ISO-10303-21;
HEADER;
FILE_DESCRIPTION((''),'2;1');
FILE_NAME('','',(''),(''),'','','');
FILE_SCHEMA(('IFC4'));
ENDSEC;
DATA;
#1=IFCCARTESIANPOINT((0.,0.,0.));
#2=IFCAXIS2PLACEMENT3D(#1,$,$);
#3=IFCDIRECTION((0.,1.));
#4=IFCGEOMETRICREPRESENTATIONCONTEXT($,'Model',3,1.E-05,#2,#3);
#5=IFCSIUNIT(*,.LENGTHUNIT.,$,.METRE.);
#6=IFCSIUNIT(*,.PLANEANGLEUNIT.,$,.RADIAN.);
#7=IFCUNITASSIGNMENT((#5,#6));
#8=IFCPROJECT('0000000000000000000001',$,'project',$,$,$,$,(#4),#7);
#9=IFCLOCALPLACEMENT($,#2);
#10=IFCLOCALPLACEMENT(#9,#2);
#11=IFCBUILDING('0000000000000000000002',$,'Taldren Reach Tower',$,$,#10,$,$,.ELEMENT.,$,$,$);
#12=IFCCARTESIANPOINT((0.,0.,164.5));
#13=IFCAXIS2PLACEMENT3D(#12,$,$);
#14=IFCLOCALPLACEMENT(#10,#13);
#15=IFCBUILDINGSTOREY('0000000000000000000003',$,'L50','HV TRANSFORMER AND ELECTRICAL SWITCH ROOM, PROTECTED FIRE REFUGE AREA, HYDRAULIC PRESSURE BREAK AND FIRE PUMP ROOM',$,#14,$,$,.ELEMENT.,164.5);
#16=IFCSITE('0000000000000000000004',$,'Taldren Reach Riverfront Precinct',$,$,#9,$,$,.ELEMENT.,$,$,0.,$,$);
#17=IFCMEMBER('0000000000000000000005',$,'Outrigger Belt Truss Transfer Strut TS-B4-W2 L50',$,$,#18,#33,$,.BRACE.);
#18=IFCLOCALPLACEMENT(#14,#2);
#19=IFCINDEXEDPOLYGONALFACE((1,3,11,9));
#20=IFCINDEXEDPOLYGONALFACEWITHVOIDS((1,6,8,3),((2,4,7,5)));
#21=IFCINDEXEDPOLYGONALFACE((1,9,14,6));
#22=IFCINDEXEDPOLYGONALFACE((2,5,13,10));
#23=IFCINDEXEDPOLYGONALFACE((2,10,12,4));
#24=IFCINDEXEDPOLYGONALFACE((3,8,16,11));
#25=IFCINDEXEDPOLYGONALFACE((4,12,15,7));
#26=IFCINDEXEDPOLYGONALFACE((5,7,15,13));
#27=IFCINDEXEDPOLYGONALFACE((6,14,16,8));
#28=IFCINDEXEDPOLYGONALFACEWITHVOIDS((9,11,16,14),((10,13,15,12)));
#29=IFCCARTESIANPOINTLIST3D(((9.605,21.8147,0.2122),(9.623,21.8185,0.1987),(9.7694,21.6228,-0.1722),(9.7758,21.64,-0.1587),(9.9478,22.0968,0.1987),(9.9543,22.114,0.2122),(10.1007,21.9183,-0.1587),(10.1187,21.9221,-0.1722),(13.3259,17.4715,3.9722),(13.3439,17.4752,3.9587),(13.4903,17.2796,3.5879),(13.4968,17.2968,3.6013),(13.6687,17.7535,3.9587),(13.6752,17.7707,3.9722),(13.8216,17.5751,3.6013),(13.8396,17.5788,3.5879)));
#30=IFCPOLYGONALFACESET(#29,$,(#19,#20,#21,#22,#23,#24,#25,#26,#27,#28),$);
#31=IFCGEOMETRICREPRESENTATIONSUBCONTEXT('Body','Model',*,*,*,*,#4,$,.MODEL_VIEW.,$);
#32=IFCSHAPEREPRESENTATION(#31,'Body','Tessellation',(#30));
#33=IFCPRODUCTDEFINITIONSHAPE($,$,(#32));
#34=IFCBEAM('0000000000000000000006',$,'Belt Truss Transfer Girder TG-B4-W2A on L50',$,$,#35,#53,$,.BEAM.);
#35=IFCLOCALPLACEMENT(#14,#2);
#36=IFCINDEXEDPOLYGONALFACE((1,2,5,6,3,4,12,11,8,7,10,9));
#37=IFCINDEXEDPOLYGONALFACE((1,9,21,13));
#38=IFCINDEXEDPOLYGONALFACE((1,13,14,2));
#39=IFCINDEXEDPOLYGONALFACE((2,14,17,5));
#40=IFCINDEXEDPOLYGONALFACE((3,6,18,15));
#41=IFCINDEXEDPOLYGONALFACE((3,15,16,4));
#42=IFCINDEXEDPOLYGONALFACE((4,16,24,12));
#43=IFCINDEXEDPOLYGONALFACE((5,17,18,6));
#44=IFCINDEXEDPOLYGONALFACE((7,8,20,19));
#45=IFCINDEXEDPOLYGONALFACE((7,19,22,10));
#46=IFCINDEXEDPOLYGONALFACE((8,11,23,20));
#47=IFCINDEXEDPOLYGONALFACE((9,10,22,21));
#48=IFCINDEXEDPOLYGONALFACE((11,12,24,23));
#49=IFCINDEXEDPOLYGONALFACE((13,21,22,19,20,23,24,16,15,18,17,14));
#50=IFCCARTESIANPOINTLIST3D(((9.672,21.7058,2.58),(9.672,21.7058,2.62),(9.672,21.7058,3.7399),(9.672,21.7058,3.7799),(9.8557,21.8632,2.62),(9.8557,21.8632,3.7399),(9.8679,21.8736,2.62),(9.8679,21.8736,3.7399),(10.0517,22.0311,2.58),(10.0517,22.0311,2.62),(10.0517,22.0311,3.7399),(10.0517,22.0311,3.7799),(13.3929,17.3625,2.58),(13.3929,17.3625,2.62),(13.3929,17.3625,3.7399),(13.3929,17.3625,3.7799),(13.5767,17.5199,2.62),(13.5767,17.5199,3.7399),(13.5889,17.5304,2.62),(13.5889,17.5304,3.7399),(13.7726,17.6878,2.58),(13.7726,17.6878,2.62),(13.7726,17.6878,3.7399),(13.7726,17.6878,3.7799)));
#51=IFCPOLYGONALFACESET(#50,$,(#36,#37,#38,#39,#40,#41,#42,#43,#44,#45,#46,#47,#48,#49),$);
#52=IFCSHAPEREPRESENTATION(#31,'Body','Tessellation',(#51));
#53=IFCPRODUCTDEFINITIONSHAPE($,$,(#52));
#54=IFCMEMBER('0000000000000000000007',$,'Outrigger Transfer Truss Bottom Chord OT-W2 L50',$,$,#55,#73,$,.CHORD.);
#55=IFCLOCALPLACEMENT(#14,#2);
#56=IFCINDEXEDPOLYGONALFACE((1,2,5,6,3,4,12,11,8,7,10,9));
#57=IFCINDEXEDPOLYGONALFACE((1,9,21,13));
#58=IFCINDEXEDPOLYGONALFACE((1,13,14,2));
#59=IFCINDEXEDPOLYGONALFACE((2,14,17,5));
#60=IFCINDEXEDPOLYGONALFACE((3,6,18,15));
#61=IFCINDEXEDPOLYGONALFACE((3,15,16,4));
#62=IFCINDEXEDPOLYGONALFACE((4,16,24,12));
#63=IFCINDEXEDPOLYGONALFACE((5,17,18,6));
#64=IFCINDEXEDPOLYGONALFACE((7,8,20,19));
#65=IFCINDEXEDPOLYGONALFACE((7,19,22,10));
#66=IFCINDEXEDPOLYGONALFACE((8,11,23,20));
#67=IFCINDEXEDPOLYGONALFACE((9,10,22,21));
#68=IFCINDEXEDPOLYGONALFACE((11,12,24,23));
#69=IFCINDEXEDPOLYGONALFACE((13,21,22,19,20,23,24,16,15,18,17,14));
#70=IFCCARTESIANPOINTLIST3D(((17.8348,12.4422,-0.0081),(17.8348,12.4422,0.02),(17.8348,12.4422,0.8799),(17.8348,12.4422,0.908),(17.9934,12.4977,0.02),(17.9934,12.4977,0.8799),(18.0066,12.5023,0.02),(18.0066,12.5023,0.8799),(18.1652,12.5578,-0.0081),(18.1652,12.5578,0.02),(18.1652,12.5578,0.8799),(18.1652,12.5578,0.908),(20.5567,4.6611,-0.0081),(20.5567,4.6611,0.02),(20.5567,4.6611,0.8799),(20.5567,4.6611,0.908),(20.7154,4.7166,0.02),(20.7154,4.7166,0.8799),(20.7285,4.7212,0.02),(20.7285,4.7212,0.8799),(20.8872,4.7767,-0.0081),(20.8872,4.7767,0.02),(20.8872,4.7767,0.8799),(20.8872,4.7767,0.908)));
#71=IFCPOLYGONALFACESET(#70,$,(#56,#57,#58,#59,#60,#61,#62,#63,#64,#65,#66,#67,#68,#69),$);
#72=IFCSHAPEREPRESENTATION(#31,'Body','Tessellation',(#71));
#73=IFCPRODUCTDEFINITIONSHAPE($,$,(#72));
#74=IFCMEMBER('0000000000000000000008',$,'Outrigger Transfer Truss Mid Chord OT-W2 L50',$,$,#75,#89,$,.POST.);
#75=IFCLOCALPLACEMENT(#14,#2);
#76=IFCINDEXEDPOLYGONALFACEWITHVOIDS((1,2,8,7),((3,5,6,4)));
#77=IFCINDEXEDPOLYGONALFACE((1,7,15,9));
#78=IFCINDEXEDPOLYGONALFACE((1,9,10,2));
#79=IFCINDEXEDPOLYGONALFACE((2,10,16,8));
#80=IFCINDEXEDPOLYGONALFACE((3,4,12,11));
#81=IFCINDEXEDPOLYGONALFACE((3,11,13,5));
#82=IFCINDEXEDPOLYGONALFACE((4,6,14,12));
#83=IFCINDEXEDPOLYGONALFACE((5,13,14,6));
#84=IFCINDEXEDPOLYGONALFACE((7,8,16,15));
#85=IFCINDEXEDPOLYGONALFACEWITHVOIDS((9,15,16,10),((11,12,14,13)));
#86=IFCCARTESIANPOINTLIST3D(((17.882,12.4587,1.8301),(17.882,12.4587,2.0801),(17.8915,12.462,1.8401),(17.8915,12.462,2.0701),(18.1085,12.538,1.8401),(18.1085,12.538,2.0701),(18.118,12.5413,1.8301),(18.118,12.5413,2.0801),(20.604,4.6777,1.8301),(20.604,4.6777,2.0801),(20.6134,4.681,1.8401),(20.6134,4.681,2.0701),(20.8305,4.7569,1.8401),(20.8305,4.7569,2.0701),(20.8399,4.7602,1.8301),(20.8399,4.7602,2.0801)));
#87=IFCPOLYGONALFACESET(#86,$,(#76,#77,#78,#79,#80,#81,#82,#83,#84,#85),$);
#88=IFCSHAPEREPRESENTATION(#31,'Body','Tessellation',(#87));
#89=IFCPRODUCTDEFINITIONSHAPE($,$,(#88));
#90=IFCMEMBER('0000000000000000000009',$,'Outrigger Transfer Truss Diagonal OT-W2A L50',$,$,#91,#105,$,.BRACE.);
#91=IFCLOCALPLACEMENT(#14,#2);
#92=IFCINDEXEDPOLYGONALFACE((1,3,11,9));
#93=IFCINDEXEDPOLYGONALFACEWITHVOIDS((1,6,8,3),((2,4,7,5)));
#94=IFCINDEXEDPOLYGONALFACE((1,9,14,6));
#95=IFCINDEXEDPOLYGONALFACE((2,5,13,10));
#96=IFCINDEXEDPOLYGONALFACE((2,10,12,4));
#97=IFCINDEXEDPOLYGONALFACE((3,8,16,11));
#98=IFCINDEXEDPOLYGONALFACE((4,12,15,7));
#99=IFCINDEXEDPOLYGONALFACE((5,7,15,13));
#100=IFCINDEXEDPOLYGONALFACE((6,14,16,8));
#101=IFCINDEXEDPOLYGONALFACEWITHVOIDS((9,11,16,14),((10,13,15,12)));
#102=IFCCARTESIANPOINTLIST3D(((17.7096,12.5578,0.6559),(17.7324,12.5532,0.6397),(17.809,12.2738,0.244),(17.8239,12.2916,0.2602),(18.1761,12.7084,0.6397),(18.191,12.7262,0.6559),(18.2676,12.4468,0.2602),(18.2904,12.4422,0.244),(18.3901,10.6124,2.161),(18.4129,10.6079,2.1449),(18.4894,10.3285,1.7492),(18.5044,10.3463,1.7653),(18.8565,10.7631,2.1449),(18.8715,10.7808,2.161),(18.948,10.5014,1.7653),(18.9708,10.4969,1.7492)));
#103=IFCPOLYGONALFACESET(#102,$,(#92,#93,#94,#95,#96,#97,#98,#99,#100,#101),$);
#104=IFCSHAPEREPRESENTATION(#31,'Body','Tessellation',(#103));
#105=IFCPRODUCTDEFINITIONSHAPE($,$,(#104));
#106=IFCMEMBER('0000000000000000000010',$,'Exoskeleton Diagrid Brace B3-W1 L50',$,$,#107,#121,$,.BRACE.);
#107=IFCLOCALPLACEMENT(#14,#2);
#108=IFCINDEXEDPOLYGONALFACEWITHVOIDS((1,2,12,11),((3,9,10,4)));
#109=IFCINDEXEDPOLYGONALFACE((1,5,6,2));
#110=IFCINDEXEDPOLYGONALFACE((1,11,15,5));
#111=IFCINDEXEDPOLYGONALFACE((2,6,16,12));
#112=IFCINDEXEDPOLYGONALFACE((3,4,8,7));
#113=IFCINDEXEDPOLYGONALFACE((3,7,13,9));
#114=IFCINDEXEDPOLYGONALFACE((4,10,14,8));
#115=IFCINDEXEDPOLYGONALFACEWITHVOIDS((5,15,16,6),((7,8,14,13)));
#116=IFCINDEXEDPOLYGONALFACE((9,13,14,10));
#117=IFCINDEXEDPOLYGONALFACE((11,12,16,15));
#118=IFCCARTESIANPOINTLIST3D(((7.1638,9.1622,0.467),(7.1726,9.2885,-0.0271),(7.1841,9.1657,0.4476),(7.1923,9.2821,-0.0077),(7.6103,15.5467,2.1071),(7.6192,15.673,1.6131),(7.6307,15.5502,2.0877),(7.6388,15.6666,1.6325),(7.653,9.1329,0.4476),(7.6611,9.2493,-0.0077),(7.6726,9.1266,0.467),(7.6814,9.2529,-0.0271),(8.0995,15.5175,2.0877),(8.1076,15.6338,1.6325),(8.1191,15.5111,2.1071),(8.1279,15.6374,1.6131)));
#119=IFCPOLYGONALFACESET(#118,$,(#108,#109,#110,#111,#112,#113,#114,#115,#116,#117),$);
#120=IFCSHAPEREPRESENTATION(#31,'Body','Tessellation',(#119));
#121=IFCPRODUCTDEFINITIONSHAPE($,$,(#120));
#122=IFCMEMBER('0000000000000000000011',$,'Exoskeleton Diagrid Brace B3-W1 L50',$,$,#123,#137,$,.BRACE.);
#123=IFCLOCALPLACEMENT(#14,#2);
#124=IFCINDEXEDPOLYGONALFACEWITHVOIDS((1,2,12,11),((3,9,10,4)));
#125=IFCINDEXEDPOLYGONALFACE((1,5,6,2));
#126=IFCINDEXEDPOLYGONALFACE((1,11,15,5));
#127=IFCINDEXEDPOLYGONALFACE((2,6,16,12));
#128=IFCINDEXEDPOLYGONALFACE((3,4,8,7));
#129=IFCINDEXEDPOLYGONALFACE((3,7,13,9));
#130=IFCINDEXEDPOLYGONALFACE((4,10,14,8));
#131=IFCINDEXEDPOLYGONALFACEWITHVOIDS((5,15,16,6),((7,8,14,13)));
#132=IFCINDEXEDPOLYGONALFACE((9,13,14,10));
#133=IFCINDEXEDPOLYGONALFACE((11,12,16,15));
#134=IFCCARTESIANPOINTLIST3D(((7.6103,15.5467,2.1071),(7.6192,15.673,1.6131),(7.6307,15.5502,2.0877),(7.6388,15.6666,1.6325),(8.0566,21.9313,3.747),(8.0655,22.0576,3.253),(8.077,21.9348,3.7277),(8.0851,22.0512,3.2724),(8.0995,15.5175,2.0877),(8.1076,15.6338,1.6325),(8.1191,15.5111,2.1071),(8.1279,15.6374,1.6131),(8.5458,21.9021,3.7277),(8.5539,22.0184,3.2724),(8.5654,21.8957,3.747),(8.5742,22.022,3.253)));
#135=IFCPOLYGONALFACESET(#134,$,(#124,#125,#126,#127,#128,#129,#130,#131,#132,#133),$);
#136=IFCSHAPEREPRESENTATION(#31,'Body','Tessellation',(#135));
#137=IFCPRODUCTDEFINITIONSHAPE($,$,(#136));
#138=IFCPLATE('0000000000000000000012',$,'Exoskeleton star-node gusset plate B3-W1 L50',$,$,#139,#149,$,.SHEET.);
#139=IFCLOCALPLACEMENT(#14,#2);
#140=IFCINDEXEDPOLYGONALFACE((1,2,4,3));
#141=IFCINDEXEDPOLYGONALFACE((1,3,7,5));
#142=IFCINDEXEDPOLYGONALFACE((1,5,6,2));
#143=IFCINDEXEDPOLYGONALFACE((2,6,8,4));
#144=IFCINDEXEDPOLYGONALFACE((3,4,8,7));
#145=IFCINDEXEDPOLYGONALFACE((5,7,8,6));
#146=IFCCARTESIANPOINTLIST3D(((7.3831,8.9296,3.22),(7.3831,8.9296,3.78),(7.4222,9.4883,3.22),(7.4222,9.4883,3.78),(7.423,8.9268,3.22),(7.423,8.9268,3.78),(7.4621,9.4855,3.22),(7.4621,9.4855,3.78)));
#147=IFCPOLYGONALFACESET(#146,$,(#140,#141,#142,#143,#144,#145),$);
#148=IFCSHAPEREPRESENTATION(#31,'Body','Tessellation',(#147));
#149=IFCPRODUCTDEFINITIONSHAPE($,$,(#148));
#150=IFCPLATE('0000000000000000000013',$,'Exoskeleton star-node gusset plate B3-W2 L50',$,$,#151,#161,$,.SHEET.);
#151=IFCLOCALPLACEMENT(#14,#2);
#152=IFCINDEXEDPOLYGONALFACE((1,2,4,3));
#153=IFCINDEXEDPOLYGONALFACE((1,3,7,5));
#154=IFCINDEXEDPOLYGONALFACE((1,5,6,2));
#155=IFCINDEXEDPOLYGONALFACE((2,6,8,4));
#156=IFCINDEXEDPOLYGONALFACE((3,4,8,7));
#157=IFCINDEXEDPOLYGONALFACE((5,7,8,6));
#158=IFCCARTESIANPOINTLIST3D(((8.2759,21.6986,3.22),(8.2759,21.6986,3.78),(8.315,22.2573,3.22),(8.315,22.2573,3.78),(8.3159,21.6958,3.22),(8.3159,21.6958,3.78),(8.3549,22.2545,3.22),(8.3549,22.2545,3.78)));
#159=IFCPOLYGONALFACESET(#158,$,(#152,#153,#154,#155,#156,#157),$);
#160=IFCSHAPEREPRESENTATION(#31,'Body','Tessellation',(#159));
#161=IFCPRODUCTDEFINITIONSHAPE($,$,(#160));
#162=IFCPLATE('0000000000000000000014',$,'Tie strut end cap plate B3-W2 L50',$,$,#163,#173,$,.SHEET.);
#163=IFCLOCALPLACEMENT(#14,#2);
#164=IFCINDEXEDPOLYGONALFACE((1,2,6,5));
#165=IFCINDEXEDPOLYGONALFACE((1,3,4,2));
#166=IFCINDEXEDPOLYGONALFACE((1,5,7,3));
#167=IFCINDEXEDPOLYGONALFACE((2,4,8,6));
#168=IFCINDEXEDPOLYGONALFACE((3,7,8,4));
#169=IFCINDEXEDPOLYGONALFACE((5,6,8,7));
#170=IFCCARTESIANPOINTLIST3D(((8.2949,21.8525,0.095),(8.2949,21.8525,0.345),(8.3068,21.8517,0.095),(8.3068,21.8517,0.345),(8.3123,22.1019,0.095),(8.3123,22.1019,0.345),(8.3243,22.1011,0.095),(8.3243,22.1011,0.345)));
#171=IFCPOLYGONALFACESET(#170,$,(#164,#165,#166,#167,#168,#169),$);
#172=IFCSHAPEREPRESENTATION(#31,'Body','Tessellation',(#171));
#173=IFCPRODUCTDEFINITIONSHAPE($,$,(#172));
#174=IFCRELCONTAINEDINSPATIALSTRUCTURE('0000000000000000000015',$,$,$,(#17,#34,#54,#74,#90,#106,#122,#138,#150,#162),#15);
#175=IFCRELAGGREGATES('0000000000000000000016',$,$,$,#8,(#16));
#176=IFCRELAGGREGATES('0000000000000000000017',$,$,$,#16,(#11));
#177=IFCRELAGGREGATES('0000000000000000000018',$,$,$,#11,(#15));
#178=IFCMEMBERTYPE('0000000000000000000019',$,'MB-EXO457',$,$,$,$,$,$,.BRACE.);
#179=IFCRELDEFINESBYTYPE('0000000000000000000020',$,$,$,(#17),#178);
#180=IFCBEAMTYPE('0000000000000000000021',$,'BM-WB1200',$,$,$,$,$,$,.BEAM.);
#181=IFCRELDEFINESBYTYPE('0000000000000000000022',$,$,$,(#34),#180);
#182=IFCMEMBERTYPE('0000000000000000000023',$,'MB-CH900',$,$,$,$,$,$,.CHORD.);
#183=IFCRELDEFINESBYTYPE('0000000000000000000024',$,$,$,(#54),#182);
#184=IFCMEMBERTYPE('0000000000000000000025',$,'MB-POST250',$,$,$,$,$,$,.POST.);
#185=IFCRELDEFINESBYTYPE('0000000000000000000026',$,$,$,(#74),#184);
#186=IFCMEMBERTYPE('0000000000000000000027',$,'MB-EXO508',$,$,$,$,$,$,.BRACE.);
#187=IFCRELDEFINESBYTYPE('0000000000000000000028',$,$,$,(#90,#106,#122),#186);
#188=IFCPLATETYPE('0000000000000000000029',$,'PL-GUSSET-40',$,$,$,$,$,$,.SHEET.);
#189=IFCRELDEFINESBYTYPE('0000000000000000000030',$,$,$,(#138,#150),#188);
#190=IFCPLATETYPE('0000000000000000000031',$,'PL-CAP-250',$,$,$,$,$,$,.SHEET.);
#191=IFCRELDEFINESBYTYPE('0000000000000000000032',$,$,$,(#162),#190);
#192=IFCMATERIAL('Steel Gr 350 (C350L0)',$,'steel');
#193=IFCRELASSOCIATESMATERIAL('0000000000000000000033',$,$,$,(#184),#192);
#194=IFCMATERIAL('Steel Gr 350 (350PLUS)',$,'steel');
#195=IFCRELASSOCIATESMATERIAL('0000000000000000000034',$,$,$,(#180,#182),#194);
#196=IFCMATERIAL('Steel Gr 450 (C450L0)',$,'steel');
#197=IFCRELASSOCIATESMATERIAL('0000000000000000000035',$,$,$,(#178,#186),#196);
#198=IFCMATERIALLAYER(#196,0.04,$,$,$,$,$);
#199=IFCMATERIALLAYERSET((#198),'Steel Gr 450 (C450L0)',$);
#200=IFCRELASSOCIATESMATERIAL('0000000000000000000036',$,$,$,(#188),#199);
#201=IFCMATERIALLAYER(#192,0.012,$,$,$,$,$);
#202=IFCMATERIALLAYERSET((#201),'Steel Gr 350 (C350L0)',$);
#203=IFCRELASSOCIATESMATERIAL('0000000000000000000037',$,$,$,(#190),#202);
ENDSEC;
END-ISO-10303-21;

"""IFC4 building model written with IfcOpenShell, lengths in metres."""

from ifc_helpers import new_model, si_unit, direction, frame, origin, origin_2d, place, context, subcontext, project, spatial, rectangle, hollow_rectangle, i_section, extrude, source, transform, mapped, material, layer, layer_set, material_profile, profile_set, type_object, element, save


model = new_model("IFC4")

# Units and contexts
model_context = context("Model", 3, precision=1e-05, world=origin(), true_north=direction((0.0, 1.0)))
body_context = subcontext(model_context, "Body", "Model", "MODEL_VIEW")
ifc_project = project(units=[si_unit("LENGTHUNIT", "METRE"), si_unit("PLANEANGLEUNIT", "RADIAN")], contexts=[model_context])

# Site, building, storey
site_placement = place(None, origin())
site = spatial("IfcSite", under=ifc_project, at=site_placement, Name="Taldren Reach Riverfront Precinct", CompositionType="ELEMENT", RefElevation=0.0)
building_placement = place(site_placement, origin())
building = spatial("IfcBuilding", under=site, at=building_placement, Name="Taldren Reach Tower", CompositionType="ELEMENT")
storey_placement = place(building_placement, frame((0.0, 0.0, 164.5)))
storey = spatial("IfcBuildingStorey", under=building, at=storey_placement, Name="L50", Description="HV TRANSFORMER AND ELECTRICAL SWITCH ROOM, PROTECTED FIRE REFUGE AREA, HYDRAULIC PRESSURE BREAK AND FIRE PUMP ROOM", CompositionType="ELEMENT", Elevation=164.5)

# Shared definitions
ifc_material_1 = material(Name="Steel Gr 350 (350PLUS)", Category="steel")

# Shared definitions
ifc_material_2 = material(Name="Steel Gr 450 (C450L0)", Category="steel")
ifc_material_3 = material(Name="Steel Gr 350 (C350L0)", Category="steel")
ifc_material_profile_1 = material_profile(ifc_material_3, hollow_rectangle(XDim=0.25, YDim=0.25, WallThickness=0.01, at=origin_2d()), Name="250x250x10.0SHS")
ifc_profile_set_1 = profile_set([ifc_material_profile_1], Name="Steel Gr 350 (C350L0)")
member_type_1 = type_object("IfcMemberType", Name="MB-POST250", PredefinedType="POST", material=ifc_profile_set_1)

# Shared definitions
ifc_material_profile_2 = material_profile(ifc_material_1, i_section(OverallWidth=0.5, OverallDepth=1.2, WebThickness=0.0161, FlangeThickness=0.04, at=origin_2d()), Name="1200WB455")
ifc_profile_set_2 = profile_set([ifc_material_profile_2], Name="Steel Gr 350 (350PLUS)")
beam_type_1 = type_object("IfcBeamType", Name="BM-WB1200", PredefinedType="BEAM", material=ifc_profile_set_2)

# Member
ifc_material_profile_3 = material_profile(ifc_material_2, hollow_rectangle(XDim=0.46, YDim=0.46, WallThickness=0.0161, at=origin_2d()), Name="460x460x16.0SHS")
ifc_profile_set_3 = profile_set([ifc_material_profile_3], Name="Steel Gr 450 (C450L0)")
member_type_2 = type_object("IfcMemberType", Name="MB-EXO457", PredefinedType="BRACE", material=ifc_profile_set_3)
shared_shape_1 = source(origin(), body_context, "Body", "SweptSolid", [
    extrude(hollow_rectangle(XDim=0.46, YDim=0.46, WallThickness=0.0161, at=origin_2d()), origin(), (0.0, 0.0, 1.0), 6.8445),
])
member_1_placement = place(storey_placement, frame((9.8618, 21.8684, 0.02), z_axis=(0.543641, -0.634563, 0.549348), x_axis=(0.759416, 0.650605, 0.0)))
element("IfcMember", 1, at=member_1_placement, inside=storey, type_object=member_type_2, Name="Outrigger Belt Truss Transfer Strut TS-B4-W2 L50", PredefinedType="BRACE", context=body_context, shape_type="MappedRepresentation", body=[
    mapped(shared_shape_1, transform((0.0, 0.0, 0.0), scale=1.0)),
])

# Beam
shared_shape_2 = source(origin(), body_context, "Body", "SweptSolid", [
    extrude(i_section(OverallWidth=0.5, OverallDepth=1.2, WebThickness=0.0161, FlangeThickness=0.04, at=origin_2d()), origin(), (0.0, 0.0, 1.0), 5.7192),
])
beam_1_placement = place(storey_placement, frame((9.8618, 21.8684, 3.1799), z_axis=(0.650605, -0.759416, 0.0), x_axis=(0.759416, 0.650605, 0.0)))
element("IfcBeam", 2, at=beam_1_placement, inside=storey, type_object=beam_type_1, Name="Belt Truss Transfer Girder TG-B4-W2A on L50", PredefinedType="BEAM", context=body_context, shape_type="MappedRepresentation", body=[
    mapped(shared_shape_2, transform((0.0, 0.0, 0.0), scale=1.0)),
])

# Members
ifc_material_profile_4 = material_profile(ifc_material_1, i_section(OverallWidth=0.3501, OverallDepth=0.916, WebThickness=0.0139, FlangeThickness=0.0281, at=origin_2d()), Name="900WB257")
ifc_profile_set_4 = profile_set([ifc_material_profile_4], Name="Steel Gr 350 (350PLUS)")
member_type_3 = type_object("IfcMemberType", Name="MB-CH900", PredefinedType="CHORD", material=ifc_profile_set_4)
shared_shape_3 = source(origin(), body_context, "Body", "SweptSolid", [
    extrude(i_section(OverallWidth=0.3501, OverallDepth=0.916, WebThickness=0.0139, FlangeThickness=0.0281, at=origin_2d()), origin(), (0.0, 0.0, 1.0), 8.2434),
])
member_2_placement = place(storey_placement, frame((18.0, 12.5, 0.45), z_axis=(0.330196, -0.943912, 0.0), x_axis=(0.943912, 0.330196, 0.0)))
element("IfcMember", 3, at=member_2_placement, inside=storey, type_object=member_type_3, Name="Outrigger Transfer Truss Bottom Chord OT-W2 L50", PredefinedType="CHORD", context=body_context, shape_type="MappedRepresentation", body=[
    mapped(shared_shape_3, transform((0.0, 0.0, 0.0), scale=1.0)),
])
shared_shape_4 = source(origin(), body_context, "Body", "SweptSolid", [
    extrude(hollow_rectangle(XDim=0.25, YDim=0.25, WallThickness=0.01, at=origin_2d()), origin(), (0.0, 0.0, 1.0), 8.2434),
])
member_3_placement = place(storey_placement, frame((18.0, 12.5, 1.9551), z_axis=(0.330196, -0.943912, 0.0), x_axis=(0.943912, 0.330196, 0.0)))
element("IfcMember", 4, at=member_3_placement, inside=storey, type_object=member_type_1, Name="Outrigger Transfer Truss Mid Chord OT-W2 L50", PredefinedType="POST", context=body_context, shape_type="MappedRepresentation", body=[
    mapped(shared_shape_4, transform((0.0, 0.0, 0.0), scale=1.0)),
])
ifc_material_profile_5 = material_profile(ifc_material_2, hollow_rectangle(XDim=0.51, YDim=0.51, WallThickness=0.02, at=origin_2d()), Name="510x510x20.0SHS")
ifc_profile_set_5 = profile_set([ifc_material_profile_5], Name="Steel Gr 450 (C450L0)")
member_type_4 = type_object("IfcMemberType", Name="MB-EXO508", PredefinedType="BRACE", material=ifc_profile_set_5)
shared_shape_5 = source(origin(), body_context, "Body", "SweptSolid", [
    extrude(hollow_rectangle(XDim=0.51, YDim=0.51, WallThickness=0.02, at=origin_2d()), origin(), (0.0, 0.0, 1.0), 2.552),
])
member_4_placement = place(storey_placement, frame((18.0, 12.5, 0.45), z_axis=(0.266624, -0.762275, 0.589787), x_axis=(0.943925, 0.33016, 0.0)))
element("IfcMember", 5, at=member_4_placement, inside=storey, type_object=member_type_4, Name="Outrigger Transfer Truss Diagonal OT-W2A L50", PredefinedType="BRACE", context=body_context, shape_type="MappedRepresentation", body=[
    mapped(shared_shape_5, transform((0.0, 0.0, 0.0), scale=1.0)),
])
shared_shape_6 = source(origin(), body_context, "Body", "SweptSolid", [
    extrude(hollow_rectangle(XDim=0.51, YDim=0.51, WallThickness=0.02, at=origin_2d()), origin(), (0.0, 0.0, 1.0), 6.6069),
])
for number, where, z_axis, x_axis, name in (
    (6, (7.4226, 9.2075, 0.22), (0.067586, 0.966337, 0.248245), (-0.997563, 0.06977, 0.0), "Exoskeleton Diagrid Brace B3-W1 L50"),
    (7, (7.8691, 15.592, 1.8601), (0.067549, 0.966348, 0.248211), (-0.997566, 0.069732, 0.0), "Exoskeleton Diagrid Brace B3-W1 L50"),
):
    element("IfcMember", number, at=place(storey_placement, frame(where, z_axis=z_axis, x_axis=x_axis)), inside=storey, type_object=member_type_4, Name=name, PredefinedType="BRACE", context=body_context, shape_type="MappedRepresentation", body=[
        mapped(shared_shape_6, transform((0.0, 0.0, 0.0), scale=1.0)),
    ])

# Plates
ifc_layer_1 = layer(ifc_material_2, 0.04)
ifc_layer_set_1 = layer_set([ifc_layer_1], Name="Steel Gr 450 (C450L0)")
plate_type_1 = type_object("IfcPlateType", Name="PL-GUSSET-40", PredefinedType="SHEET", material=ifc_layer_set_1)
shared_shape_7 = source(origin(), body_context, "Body", "SweptSolid", [
    extrude(rectangle(XDim=0.5601, YDim=0.04, at=origin_2d()), origin(), (0.0, 0.0, 1.0), 0.5601),
])
for number, where, z_axis, x_axis, name in (
    (8, (7.4226, 9.2075, 3.22), (0.0, 0.0, 1.0), (0.069756, 0.997564, 0.0), "Exoskeleton star-node gusset plate B3-W1 L50"),
    (9, (8.3154, 21.9766, 3.22), (0.0, 0.0, 1.0), (0.069756, 0.997564, 0.0), "Exoskeleton star-node gusset plate B3-W2 L50"),
):
    element("IfcPlate", number, at=place(storey_placement, frame(where, z_axis=z_axis, x_axis=x_axis)), inside=storey, type_object=plate_type_1, Name=name, PredefinedType="SHEET", context=body_context, shape_type="MappedRepresentation", body=[
        mapped(shared_shape_7, transform((0.0, 0.0, 0.0), scale=1.0)),
    ])
ifc_layer_2 = layer(ifc_material_3, 0.012)
ifc_layer_set_2 = layer_set([ifc_layer_2], Name="Steel Gr 350 (C350L0)")
plate_type_2 = type_object("IfcPlateType", Name="PL-CAP-250", PredefinedType="SHEET", material=ifc_layer_set_2)
shared_shape_8 = source(origin(), body_context, "Body", "SweptSolid", [
    extrude(rectangle(XDim=0.012, YDim=0.25, at=origin_2d()), origin(), (0.0, 0.0, 1.0), 0.25),
])
plate_1_placement = place(storey_placement, frame((8.3096, 21.9768, 0.095), z_axis=(0.0, 0.0, 1.0), x_axis=(0.997564, -0.069756, 0.0)))
element("IfcPlate", 10, at=plate_1_placement, inside=storey, type_object=plate_type_2, Name="Tie strut end cap plate B3-W2 L50", PredefinedType="SHEET", context=body_context, shape_type="MappedRepresentation", body=[
    mapped(shared_shape_8, transform((0.0, 0.0, 0.0), scale=1.0)),
])

save(model, "model.ifc")
